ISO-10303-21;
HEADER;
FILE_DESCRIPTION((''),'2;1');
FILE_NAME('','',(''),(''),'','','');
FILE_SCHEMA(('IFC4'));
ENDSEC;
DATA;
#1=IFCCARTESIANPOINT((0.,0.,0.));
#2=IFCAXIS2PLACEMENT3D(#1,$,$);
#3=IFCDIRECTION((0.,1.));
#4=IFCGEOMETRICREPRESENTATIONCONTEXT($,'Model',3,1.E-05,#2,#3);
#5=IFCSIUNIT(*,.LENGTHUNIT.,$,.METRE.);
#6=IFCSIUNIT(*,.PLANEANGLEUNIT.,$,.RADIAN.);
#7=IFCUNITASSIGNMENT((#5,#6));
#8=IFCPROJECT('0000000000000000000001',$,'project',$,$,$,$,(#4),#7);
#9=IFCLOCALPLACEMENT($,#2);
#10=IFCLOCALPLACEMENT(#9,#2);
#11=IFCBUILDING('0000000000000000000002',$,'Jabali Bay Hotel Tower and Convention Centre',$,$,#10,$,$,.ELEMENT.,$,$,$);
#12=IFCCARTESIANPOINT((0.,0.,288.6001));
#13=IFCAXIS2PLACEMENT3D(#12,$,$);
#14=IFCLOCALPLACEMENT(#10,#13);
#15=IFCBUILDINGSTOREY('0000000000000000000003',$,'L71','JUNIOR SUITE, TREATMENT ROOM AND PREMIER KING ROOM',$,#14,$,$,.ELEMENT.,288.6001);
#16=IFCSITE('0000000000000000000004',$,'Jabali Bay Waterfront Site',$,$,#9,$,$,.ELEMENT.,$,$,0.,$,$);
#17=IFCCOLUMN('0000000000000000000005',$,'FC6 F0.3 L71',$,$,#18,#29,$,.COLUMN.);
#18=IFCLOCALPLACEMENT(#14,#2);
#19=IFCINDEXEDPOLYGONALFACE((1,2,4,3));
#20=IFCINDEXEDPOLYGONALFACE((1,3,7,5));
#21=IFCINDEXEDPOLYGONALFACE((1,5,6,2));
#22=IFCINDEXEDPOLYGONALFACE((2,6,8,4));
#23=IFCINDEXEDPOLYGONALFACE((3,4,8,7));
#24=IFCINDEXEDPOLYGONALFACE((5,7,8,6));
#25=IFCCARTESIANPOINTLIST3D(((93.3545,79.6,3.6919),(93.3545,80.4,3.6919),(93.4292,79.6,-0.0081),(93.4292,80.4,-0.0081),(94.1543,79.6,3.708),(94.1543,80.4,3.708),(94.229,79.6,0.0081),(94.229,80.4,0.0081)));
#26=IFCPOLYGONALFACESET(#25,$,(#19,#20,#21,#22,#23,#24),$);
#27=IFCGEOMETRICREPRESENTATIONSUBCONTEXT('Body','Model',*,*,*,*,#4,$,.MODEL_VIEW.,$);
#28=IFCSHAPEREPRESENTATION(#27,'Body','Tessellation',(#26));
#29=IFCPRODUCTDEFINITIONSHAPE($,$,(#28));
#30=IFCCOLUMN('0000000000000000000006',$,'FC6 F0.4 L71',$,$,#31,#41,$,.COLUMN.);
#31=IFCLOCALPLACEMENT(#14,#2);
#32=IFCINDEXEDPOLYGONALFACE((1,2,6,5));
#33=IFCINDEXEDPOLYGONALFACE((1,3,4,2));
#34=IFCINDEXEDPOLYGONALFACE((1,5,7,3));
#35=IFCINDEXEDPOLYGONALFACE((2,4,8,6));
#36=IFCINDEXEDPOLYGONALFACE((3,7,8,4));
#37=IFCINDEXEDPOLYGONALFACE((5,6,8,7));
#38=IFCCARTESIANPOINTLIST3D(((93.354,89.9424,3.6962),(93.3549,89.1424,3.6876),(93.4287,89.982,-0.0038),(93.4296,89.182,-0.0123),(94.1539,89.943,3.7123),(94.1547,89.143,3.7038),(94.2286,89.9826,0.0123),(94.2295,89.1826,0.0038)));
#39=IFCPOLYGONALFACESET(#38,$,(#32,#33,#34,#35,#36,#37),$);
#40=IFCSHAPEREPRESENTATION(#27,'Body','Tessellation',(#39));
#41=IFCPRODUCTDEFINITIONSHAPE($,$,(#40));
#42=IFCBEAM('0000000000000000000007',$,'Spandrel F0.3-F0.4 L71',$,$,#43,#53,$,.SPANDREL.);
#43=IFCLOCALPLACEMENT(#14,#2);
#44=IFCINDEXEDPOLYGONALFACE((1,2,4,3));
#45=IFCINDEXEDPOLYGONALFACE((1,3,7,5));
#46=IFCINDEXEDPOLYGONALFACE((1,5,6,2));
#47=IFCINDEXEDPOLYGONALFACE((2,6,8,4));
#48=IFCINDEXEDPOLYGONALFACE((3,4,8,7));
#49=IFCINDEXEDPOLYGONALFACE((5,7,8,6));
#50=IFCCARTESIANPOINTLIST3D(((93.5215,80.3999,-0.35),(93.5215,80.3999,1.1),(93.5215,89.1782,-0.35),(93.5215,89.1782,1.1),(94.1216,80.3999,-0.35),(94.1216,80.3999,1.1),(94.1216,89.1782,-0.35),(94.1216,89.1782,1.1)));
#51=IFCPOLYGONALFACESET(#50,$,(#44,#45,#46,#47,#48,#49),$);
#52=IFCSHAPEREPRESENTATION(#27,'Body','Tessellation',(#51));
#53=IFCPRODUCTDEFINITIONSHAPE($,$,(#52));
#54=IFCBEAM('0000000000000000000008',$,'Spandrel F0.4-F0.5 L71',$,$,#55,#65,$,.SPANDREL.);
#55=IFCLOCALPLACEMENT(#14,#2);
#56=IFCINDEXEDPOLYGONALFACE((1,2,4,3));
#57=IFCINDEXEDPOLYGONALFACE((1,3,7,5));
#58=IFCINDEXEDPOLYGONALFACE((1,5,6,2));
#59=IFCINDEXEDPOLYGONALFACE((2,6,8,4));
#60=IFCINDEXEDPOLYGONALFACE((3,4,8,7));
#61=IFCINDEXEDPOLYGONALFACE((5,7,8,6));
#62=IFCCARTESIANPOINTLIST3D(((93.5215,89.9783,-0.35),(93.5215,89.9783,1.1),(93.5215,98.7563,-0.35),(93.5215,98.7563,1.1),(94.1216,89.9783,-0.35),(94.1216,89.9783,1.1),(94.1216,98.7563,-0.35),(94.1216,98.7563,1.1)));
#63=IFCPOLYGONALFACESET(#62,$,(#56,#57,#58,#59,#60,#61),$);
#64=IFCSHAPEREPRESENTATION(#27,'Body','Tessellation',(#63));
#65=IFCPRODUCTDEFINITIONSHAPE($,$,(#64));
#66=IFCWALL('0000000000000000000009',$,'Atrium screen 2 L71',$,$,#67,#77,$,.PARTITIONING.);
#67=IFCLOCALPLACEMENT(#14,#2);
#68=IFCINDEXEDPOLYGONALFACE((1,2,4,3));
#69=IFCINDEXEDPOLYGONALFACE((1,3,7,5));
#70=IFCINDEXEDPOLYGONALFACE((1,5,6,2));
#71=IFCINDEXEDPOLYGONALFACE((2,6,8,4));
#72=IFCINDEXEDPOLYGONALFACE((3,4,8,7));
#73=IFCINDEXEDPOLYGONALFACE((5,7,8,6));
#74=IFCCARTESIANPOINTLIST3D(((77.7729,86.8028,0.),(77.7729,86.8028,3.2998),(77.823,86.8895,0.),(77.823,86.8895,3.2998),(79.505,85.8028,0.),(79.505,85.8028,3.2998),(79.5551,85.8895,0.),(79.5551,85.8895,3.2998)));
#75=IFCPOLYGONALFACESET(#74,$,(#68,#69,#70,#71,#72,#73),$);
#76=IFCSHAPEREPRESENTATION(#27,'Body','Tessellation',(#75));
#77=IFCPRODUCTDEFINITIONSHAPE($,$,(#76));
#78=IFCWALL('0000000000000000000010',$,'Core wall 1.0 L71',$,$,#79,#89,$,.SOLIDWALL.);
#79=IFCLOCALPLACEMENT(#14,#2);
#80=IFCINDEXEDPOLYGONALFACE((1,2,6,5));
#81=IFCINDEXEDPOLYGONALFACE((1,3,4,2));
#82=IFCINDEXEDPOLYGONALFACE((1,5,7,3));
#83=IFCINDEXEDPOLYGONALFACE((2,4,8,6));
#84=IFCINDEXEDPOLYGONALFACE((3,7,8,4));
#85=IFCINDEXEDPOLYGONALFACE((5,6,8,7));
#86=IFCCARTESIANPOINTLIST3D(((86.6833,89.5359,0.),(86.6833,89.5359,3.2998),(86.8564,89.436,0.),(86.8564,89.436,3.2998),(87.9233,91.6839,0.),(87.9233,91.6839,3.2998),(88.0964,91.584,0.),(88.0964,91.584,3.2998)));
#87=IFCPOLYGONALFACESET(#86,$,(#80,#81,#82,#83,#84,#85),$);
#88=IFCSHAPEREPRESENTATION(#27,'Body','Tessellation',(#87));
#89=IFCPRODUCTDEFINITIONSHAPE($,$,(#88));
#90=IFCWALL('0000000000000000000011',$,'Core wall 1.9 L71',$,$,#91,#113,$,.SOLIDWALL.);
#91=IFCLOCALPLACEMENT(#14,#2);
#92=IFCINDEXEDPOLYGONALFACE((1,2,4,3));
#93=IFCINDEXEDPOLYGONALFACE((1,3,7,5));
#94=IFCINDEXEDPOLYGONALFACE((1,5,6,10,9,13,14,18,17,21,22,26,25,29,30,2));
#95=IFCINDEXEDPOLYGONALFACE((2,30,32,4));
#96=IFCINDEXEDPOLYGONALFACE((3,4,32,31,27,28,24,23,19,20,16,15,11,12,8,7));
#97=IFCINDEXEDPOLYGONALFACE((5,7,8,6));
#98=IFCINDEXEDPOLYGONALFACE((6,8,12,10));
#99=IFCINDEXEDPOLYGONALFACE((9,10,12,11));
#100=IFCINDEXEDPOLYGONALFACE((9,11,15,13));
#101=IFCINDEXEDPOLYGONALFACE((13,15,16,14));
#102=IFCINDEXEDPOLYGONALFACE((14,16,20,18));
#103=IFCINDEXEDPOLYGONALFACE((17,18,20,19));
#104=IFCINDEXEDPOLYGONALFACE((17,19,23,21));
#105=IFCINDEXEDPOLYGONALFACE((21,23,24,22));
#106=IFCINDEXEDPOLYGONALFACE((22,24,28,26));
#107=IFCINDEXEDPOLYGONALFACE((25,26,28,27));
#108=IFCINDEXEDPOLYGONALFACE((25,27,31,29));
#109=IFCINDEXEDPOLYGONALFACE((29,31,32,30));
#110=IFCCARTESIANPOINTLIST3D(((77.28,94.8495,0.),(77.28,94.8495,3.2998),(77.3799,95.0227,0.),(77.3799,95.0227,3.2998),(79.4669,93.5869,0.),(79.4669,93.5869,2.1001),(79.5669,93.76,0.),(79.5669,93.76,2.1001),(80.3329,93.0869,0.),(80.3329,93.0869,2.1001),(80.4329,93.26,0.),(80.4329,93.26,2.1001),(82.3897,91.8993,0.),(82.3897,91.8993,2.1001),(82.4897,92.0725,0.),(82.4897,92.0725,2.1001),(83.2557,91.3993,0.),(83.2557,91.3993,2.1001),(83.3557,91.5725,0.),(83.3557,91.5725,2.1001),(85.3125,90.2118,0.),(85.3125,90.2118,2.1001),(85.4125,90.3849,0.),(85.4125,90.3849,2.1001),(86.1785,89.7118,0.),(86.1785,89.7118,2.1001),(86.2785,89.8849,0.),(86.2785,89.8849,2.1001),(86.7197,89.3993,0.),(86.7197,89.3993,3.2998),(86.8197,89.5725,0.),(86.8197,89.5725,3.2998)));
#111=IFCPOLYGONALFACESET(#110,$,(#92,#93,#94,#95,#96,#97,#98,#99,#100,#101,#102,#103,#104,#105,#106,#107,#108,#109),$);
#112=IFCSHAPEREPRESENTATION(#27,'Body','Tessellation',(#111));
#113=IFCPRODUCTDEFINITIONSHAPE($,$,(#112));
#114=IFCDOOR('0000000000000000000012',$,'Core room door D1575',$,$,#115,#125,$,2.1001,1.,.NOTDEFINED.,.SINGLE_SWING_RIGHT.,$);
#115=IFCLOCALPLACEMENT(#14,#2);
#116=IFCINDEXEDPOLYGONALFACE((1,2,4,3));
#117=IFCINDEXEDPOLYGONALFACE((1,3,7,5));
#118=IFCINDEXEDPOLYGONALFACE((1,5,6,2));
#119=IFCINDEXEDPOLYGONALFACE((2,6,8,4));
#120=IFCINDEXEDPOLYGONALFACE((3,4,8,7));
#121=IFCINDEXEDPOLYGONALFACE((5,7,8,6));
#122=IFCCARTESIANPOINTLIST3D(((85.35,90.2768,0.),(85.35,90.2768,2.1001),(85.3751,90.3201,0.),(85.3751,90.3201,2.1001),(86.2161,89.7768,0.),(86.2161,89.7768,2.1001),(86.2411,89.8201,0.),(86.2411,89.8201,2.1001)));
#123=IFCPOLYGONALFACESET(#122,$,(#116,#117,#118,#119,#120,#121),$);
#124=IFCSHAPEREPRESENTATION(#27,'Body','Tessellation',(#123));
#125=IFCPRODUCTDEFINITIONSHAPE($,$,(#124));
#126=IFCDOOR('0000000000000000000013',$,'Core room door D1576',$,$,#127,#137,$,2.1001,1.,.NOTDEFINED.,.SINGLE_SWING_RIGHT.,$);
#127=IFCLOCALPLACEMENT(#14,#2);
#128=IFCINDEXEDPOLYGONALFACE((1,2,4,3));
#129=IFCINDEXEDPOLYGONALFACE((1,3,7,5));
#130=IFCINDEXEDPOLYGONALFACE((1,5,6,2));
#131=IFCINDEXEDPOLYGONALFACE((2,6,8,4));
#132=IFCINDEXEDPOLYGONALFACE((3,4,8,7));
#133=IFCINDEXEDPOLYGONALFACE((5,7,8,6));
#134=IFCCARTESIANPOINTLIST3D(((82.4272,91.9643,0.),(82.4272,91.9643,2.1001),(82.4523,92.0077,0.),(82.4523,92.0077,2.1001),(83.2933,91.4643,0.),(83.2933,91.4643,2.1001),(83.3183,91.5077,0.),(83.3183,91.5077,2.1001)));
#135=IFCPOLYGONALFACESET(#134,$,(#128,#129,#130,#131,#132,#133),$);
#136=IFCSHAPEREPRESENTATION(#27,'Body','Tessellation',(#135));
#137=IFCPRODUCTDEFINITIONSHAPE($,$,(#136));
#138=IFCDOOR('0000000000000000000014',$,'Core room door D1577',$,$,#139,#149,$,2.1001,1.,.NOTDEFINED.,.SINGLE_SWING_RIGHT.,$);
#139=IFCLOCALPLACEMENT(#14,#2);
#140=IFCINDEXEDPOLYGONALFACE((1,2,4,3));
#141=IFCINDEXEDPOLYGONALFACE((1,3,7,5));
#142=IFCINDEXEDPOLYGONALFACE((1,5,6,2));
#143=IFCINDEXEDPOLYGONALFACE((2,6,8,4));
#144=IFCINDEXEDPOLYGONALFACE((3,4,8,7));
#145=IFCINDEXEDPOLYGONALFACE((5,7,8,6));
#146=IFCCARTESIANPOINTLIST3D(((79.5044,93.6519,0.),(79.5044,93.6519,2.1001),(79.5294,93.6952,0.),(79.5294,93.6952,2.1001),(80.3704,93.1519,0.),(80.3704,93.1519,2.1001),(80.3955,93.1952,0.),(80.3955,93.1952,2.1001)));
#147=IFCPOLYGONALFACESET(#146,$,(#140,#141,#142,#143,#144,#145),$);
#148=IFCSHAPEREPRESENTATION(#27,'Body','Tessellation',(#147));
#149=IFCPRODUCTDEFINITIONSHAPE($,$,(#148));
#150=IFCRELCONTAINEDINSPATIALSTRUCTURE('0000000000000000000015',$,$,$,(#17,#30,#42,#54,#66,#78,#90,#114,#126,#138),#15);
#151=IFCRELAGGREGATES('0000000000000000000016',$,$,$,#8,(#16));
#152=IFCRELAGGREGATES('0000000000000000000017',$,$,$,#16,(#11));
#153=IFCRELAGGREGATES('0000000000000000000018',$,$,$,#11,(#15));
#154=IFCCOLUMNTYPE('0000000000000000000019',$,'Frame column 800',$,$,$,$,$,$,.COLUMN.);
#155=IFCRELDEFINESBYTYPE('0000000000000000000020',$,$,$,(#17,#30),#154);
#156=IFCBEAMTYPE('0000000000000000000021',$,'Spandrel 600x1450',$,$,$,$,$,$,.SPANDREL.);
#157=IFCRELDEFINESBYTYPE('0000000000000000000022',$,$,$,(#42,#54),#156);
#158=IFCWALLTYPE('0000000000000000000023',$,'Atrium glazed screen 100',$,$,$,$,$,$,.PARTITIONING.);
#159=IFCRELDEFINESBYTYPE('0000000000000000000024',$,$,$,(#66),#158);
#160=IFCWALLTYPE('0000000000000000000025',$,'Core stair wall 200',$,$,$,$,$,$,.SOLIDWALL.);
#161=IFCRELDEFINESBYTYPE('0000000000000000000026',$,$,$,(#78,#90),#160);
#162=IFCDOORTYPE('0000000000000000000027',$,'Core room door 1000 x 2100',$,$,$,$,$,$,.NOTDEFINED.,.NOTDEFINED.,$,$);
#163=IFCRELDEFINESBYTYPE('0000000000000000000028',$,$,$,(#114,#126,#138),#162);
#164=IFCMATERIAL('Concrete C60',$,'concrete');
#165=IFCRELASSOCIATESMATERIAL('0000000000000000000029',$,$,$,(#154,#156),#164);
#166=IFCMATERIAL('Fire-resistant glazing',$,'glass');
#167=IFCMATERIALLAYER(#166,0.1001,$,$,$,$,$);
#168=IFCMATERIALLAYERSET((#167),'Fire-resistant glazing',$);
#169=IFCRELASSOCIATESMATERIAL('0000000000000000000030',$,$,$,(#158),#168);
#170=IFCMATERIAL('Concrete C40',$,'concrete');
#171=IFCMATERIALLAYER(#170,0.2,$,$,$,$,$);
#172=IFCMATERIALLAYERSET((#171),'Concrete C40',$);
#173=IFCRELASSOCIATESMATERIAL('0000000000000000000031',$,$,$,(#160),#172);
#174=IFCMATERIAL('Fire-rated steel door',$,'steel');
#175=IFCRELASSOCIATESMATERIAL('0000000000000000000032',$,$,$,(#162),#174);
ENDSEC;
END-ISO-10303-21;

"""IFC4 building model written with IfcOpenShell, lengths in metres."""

from ifc_helpers import new_model, si_unit, direction, frame, frame_2d, origin, origin_2d, place, context, subcontext, project, spatial, rectangle, extrude, material, layer, layer_set, material_profile, profile_set, type_object, element, fill, save


model = new_model("IFC4")

# Units and contexts
model_context = context("Model", 3, precision=1e-05, world=origin(), true_north=direction((0.0, 1.0)))
body_context = subcontext(model_context, "Body", "Model", "MODEL_VIEW")
ifc_project = project(units=[si_unit("LENGTHUNIT", "METRE"), si_unit("PLANEANGLEUNIT", "RADIAN")], contexts=[model_context])

# Site, building, storey
site_placement = place(None, origin())
site = spatial("IfcSite", under=ifc_project, at=site_placement, Name="Jabali Bay Waterfront Site", CompositionType="ELEMENT", RefElevation=0.0)
building_placement = place(site_placement, origin())
building = spatial("IfcBuilding", under=site, at=building_placement, Name="Jabali Bay Hotel Tower and Convention Centre", CompositionType="ELEMENT")
storey_placement = place(building_placement, frame((0.0, 0.0, 288.6001)))
storey = spatial("IfcBuildingStorey", under=building, at=storey_placement, Name="L71", Description="JUNIOR SUITE, TREATMENT ROOM AND PREMIER KING ROOM", CompositionType="ELEMENT", Elevation=288.6001)

# Columns
ifc_material_1 = material(Name="Concrete C60", Category="concrete")
ifc_material_profile_1 = material_profile(ifc_material_1, rectangle(XDim=0.8, YDim=0.8, at=origin_2d()), Name="Frame column 800")
ifc_profile_set_1 = profile_set([ifc_material_profile_1], Name="Concrete C60")
column_type = type_object("IfcColumnType", Name="Frame column 800", PredefinedType="COLUMN", material=ifc_profile_set_1)
column_1_placement = place(storey_placement, frame((93.8291, 80.0, 0.0), z_axis=(-0.020187, 0.0, 0.999796), x_axis=(0.0, -1.0, 0.0)))
element("IfcColumn", 1, at=column_1_placement, inside=storey, type_object=column_type, Name="FC6 F0.3 L71", PredefinedType="COLUMN", context=body_context, shape_type="SweptSolid", body=[
    extrude(rectangle(XDim=0.8, YDim=0.8, at=origin_2d()), origin(), (0.0, 0.0, 1.0), 3.7007),
])
column_2_placement = place(storey_placement, frame((93.8291, 89.5823, 0.0), z_axis=(-0.020186, -0.010687, 0.999739), x_axis=(0.999796, 0.000808, 0.020196)))
element("IfcColumn", 2, at=column_2_placement, inside=storey, type_object=column_type, Name="FC6 F0.4 L71", PredefinedType="COLUMN", context=body_context, shape_type="SweptSolid", body=[
    extrude(rectangle(XDim=0.8, YDim=0.8, at=origin_2d()), origin(), (0.0, 0.0, 1.0), 3.7009),
])

# Beams
ifc_material_profile_2 = material_profile(ifc_material_1, rectangle(XDim=0.6001, YDim=1.45, at=origin_2d()), Name="Spandrel 600x1450")
ifc_profile_set_2 = profile_set([ifc_material_profile_2], Name="Concrete C60")
beam_type = type_object("IfcBeamType", Name="Spandrel 600x1450", PredefinedType="SPANDREL", material=ifc_profile_set_2)
beam_1_placement = place(storey_placement, frame((93.8215, 80.3999, 0.375), z_axis=(0.0, 1.0, 0.0), x_axis=(-1.0, 0.0, 0.0)))
element("IfcBeam", 3, at=beam_1_placement, inside=storey, type_object=beam_type, Name="Spandrel F0.3-F0.4 L71", PredefinedType="SPANDREL", context=body_context, shape_type="SweptSolid", body=[
    extrude(rectangle(XDim=0.6001, YDim=1.45, at=origin_2d()), origin(), (0.0, 0.0, 1.0), 8.7783),
])
beam_2_placement = place(storey_placement, frame((93.8215, 89.9783, 0.375), z_axis=(0.0, 1.0, 0.0), x_axis=(-1.0, 0.0, 0.0)))
element("IfcBeam", 4, at=beam_2_placement, inside=storey, type_object=beam_type, Name="Spandrel F0.4-F0.5 L71", PredefinedType="SPANDREL", context=body_context, shape_type="SweptSolid", body=[
    extrude(rectangle(XDim=0.6001, YDim=1.45, at=origin_2d()), origin(), (0.0, 0.0, 1.0), 8.7781),
])

# Walls
ifc_material_2 = material(Name="Fire-resistant glazing", Category="glass")
ifc_layer_1 = layer(ifc_material_2, 0.1001)
ifc_layer_set_1 = layer_set([ifc_layer_1], Name="Fire-resistant glazing")
wall_type_1 = type_object("IfcWallType", Name="Atrium glazed screen 100", PredefinedType="PARTITIONING", material=ifc_layer_set_1)
wall_1_placement = place(storey_placement, frame((79.53, 85.8462, 0.0), z_axis=(0.0, 0.0, 1.0), x_axis=(-0.866041, 0.499973, 0.0)))
element("IfcWall", 5, at=wall_1_placement, inside=storey, type_object=wall_type_1, Name="Atrium screen 2 L71", PredefinedType="PARTITIONING", context=body_context, shape_type="SweptSolid", body=[
    extrude(rectangle(XDim=2.0, YDim=0.1001, at=frame_2d((1.0, 0.0))), origin(), (0.0, 0.0, 1.0), 3.2998),
])
ifc_material_3 = material(Name="Concrete C40", Category="concrete")
ifc_layer_2 = layer(ifc_material_3, 0.2)
ifc_layer_set_2 = layer_set([ifc_layer_2], Name="Concrete C40")
wall_type_2 = type_object("IfcWallType", Name="Core stair wall 200", PredefinedType="SOLIDWALL", material=ifc_layer_set_2)
wall_2_placement = place(storey_placement, frame((86.7698, 89.4858, 0.0), z_axis=(0.0, 0.0, 1.0), x_axis=(0.499961, 0.866048, 0.0)))
element("IfcWall", 6, at=wall_2_placement, inside=storey, type_object=wall_type_2, Name="Core wall 1.0 L71", PredefinedType="SOLIDWALL", context=body_context, shape_type="SweptSolid", body=[
    extrude(rectangle(XDim=2.4802, YDim=0.2, at=frame_2d((1.2402, 0.0))), origin(), (0.0, 0.0, 1.0), 3.2998),
])

# Wall, openings, doors
wall_3_placement = place(storey_placement, frame((86.7698, 89.4858, 0.0), z_axis=(0.0, 0.0, 1.0), x_axis=(-0.866018, 0.500013, 0.0)))
wall_3 = element("IfcWall", 7, at=wall_3_placement, inside=storey, type_object=wall_type_2, Name="Core wall 1.9 L71", PredefinedType="SOLIDWALL", context=body_context, shape_type="SweptSolid", body=[
    extrude(rectangle(XDim=10.9001, YDim=0.2, at=frame_2d((5.4502, 0.0))), origin(), (0.0, 0.0, 1.0), 3.2998),
])
opening_1_placement = place(wall_3_placement, frame((0.625, 0.0, 0.0)))
opening_1 = element("IfcOpeningElement", 8, at=opening_1_placement, cuts=wall_3, PredefinedType="OPENING", context=body_context, shape_type="SweptSolid", body=[
    extrude(rectangle(XDim=1.0, YDim=2.1001, at=frame_2d((0.5, 1.05))), frame((0.0, 0.1104, 0.0), z_axis=(0.0, -1.0, 0.0), x_axis=(1.0, 0.0, 0.0)), (0.0, 0.0, 1.0), 0.2209),
])
opening_2_placement = place(wall_3_placement, frame((4.0, 0.0, 0.0)))
opening_2 = element("IfcOpeningElement", 9, at=opening_2_placement, cuts=wall_3, PredefinedType="OPENING", context=body_context, shape_type="SweptSolid", body=[
    extrude(rectangle(XDim=1.0, YDim=2.1001, at=frame_2d((0.5, 1.05))), frame((0.0, 0.1104, 0.0), z_axis=(0.0, -1.0, 0.0), x_axis=(1.0, 0.0, 0.0)), (0.0, 0.0, 1.0), 0.2209),
])
opening_3_placement = place(wall_3_placement, frame((7.375, 0.0, 0.0)))
opening_3 = element("IfcOpeningElement", 10, at=opening_3_placement, cuts=wall_3, PredefinedType="OPENING", context=body_context, shape_type="SweptSolid", body=[
    extrude(rectangle(XDim=1.0, YDim=2.1001, at=frame_2d((0.5, 1.05))), frame((0.0, 0.1104, 0.0), z_axis=(0.0, -1.0, 0.0), x_axis=(1.0, 0.0, 0.0)), (0.0, 0.0, 1.0), 0.2209),
])
ifc_material_4 = material(Name="Fire-rated steel door", Category="steel")
door_type_1 = type_object("IfcDoorType", Name="Core room door 1000 x 2100", OperationType="NOTDEFINED", PredefinedType="NOTDEFINED", material=ifc_material_4)
door_1_placement = place(opening_1_placement, origin())
door_1 = element("IfcDoor", 11, at=door_1_placement, inside=storey, type_object=door_type_1, Name="Core room door D1575", OperationType="SINGLE_SWING_RIGHT", OverallHeight=2.1001, OverallWidth=1.0, PredefinedType="NOTDEFINED", context=body_context, shape_type="SweptSolid", body=[
    extrude(rectangle(XDim=1.0, YDim=2.1001, at=frame_2d((0.5, 1.05))), frame((0.0, 0.0249, 0.0), z_axis=(0.0, -1.0, 0.0), x_axis=(1.0, 0.0, 0.0)), (0.0, 0.0, 1.0), 0.05),
])
fill(opening_1, door_1)
door_2_placement = place(opening_2_placement, origin())
door_2 = element("IfcDoor", 12, at=door_2_placement, inside=storey, type_object=door_type_1, Name="Core room door D1576", OperationType="SINGLE_SWING_RIGHT", OverallHeight=2.1001, OverallWidth=1.0, PredefinedType="NOTDEFINED", context=body_context, shape_type="SweptSolid", body=[
    extrude(rectangle(XDim=1.0, YDim=2.1001, at=frame_2d((0.5, 1.05))), frame((0.0, 0.0249, 0.0), z_axis=(0.0, -1.0, 0.0), x_axis=(1.0, 0.0, 0.0)), (0.0, 0.0, 1.0), 0.05),
])
fill(opening_2, door_2)
door_3_placement = place(opening_3_placement, origin())
door_3 = element("IfcDoor", 13, at=door_3_placement, inside=storey, type_object=door_type_1, Name="Core room door D1577", OperationType="SINGLE_SWING_RIGHT", OverallHeight=2.1001, OverallWidth=1.0, PredefinedType="NOTDEFINED", context=body_context, shape_type="SweptSolid", body=[
    extrude(rectangle(XDim=1.0, YDim=2.1001, at=frame_2d((0.5, 1.05))), frame((0.0, 0.0249, 0.0), z_axis=(0.0, -1.0, 0.0), x_axis=(1.0, 0.0, 0.0)), (0.0, 0.0, 1.0), 0.05),
])
fill(opening_3, door_3)

save(model, "model.ifc")
